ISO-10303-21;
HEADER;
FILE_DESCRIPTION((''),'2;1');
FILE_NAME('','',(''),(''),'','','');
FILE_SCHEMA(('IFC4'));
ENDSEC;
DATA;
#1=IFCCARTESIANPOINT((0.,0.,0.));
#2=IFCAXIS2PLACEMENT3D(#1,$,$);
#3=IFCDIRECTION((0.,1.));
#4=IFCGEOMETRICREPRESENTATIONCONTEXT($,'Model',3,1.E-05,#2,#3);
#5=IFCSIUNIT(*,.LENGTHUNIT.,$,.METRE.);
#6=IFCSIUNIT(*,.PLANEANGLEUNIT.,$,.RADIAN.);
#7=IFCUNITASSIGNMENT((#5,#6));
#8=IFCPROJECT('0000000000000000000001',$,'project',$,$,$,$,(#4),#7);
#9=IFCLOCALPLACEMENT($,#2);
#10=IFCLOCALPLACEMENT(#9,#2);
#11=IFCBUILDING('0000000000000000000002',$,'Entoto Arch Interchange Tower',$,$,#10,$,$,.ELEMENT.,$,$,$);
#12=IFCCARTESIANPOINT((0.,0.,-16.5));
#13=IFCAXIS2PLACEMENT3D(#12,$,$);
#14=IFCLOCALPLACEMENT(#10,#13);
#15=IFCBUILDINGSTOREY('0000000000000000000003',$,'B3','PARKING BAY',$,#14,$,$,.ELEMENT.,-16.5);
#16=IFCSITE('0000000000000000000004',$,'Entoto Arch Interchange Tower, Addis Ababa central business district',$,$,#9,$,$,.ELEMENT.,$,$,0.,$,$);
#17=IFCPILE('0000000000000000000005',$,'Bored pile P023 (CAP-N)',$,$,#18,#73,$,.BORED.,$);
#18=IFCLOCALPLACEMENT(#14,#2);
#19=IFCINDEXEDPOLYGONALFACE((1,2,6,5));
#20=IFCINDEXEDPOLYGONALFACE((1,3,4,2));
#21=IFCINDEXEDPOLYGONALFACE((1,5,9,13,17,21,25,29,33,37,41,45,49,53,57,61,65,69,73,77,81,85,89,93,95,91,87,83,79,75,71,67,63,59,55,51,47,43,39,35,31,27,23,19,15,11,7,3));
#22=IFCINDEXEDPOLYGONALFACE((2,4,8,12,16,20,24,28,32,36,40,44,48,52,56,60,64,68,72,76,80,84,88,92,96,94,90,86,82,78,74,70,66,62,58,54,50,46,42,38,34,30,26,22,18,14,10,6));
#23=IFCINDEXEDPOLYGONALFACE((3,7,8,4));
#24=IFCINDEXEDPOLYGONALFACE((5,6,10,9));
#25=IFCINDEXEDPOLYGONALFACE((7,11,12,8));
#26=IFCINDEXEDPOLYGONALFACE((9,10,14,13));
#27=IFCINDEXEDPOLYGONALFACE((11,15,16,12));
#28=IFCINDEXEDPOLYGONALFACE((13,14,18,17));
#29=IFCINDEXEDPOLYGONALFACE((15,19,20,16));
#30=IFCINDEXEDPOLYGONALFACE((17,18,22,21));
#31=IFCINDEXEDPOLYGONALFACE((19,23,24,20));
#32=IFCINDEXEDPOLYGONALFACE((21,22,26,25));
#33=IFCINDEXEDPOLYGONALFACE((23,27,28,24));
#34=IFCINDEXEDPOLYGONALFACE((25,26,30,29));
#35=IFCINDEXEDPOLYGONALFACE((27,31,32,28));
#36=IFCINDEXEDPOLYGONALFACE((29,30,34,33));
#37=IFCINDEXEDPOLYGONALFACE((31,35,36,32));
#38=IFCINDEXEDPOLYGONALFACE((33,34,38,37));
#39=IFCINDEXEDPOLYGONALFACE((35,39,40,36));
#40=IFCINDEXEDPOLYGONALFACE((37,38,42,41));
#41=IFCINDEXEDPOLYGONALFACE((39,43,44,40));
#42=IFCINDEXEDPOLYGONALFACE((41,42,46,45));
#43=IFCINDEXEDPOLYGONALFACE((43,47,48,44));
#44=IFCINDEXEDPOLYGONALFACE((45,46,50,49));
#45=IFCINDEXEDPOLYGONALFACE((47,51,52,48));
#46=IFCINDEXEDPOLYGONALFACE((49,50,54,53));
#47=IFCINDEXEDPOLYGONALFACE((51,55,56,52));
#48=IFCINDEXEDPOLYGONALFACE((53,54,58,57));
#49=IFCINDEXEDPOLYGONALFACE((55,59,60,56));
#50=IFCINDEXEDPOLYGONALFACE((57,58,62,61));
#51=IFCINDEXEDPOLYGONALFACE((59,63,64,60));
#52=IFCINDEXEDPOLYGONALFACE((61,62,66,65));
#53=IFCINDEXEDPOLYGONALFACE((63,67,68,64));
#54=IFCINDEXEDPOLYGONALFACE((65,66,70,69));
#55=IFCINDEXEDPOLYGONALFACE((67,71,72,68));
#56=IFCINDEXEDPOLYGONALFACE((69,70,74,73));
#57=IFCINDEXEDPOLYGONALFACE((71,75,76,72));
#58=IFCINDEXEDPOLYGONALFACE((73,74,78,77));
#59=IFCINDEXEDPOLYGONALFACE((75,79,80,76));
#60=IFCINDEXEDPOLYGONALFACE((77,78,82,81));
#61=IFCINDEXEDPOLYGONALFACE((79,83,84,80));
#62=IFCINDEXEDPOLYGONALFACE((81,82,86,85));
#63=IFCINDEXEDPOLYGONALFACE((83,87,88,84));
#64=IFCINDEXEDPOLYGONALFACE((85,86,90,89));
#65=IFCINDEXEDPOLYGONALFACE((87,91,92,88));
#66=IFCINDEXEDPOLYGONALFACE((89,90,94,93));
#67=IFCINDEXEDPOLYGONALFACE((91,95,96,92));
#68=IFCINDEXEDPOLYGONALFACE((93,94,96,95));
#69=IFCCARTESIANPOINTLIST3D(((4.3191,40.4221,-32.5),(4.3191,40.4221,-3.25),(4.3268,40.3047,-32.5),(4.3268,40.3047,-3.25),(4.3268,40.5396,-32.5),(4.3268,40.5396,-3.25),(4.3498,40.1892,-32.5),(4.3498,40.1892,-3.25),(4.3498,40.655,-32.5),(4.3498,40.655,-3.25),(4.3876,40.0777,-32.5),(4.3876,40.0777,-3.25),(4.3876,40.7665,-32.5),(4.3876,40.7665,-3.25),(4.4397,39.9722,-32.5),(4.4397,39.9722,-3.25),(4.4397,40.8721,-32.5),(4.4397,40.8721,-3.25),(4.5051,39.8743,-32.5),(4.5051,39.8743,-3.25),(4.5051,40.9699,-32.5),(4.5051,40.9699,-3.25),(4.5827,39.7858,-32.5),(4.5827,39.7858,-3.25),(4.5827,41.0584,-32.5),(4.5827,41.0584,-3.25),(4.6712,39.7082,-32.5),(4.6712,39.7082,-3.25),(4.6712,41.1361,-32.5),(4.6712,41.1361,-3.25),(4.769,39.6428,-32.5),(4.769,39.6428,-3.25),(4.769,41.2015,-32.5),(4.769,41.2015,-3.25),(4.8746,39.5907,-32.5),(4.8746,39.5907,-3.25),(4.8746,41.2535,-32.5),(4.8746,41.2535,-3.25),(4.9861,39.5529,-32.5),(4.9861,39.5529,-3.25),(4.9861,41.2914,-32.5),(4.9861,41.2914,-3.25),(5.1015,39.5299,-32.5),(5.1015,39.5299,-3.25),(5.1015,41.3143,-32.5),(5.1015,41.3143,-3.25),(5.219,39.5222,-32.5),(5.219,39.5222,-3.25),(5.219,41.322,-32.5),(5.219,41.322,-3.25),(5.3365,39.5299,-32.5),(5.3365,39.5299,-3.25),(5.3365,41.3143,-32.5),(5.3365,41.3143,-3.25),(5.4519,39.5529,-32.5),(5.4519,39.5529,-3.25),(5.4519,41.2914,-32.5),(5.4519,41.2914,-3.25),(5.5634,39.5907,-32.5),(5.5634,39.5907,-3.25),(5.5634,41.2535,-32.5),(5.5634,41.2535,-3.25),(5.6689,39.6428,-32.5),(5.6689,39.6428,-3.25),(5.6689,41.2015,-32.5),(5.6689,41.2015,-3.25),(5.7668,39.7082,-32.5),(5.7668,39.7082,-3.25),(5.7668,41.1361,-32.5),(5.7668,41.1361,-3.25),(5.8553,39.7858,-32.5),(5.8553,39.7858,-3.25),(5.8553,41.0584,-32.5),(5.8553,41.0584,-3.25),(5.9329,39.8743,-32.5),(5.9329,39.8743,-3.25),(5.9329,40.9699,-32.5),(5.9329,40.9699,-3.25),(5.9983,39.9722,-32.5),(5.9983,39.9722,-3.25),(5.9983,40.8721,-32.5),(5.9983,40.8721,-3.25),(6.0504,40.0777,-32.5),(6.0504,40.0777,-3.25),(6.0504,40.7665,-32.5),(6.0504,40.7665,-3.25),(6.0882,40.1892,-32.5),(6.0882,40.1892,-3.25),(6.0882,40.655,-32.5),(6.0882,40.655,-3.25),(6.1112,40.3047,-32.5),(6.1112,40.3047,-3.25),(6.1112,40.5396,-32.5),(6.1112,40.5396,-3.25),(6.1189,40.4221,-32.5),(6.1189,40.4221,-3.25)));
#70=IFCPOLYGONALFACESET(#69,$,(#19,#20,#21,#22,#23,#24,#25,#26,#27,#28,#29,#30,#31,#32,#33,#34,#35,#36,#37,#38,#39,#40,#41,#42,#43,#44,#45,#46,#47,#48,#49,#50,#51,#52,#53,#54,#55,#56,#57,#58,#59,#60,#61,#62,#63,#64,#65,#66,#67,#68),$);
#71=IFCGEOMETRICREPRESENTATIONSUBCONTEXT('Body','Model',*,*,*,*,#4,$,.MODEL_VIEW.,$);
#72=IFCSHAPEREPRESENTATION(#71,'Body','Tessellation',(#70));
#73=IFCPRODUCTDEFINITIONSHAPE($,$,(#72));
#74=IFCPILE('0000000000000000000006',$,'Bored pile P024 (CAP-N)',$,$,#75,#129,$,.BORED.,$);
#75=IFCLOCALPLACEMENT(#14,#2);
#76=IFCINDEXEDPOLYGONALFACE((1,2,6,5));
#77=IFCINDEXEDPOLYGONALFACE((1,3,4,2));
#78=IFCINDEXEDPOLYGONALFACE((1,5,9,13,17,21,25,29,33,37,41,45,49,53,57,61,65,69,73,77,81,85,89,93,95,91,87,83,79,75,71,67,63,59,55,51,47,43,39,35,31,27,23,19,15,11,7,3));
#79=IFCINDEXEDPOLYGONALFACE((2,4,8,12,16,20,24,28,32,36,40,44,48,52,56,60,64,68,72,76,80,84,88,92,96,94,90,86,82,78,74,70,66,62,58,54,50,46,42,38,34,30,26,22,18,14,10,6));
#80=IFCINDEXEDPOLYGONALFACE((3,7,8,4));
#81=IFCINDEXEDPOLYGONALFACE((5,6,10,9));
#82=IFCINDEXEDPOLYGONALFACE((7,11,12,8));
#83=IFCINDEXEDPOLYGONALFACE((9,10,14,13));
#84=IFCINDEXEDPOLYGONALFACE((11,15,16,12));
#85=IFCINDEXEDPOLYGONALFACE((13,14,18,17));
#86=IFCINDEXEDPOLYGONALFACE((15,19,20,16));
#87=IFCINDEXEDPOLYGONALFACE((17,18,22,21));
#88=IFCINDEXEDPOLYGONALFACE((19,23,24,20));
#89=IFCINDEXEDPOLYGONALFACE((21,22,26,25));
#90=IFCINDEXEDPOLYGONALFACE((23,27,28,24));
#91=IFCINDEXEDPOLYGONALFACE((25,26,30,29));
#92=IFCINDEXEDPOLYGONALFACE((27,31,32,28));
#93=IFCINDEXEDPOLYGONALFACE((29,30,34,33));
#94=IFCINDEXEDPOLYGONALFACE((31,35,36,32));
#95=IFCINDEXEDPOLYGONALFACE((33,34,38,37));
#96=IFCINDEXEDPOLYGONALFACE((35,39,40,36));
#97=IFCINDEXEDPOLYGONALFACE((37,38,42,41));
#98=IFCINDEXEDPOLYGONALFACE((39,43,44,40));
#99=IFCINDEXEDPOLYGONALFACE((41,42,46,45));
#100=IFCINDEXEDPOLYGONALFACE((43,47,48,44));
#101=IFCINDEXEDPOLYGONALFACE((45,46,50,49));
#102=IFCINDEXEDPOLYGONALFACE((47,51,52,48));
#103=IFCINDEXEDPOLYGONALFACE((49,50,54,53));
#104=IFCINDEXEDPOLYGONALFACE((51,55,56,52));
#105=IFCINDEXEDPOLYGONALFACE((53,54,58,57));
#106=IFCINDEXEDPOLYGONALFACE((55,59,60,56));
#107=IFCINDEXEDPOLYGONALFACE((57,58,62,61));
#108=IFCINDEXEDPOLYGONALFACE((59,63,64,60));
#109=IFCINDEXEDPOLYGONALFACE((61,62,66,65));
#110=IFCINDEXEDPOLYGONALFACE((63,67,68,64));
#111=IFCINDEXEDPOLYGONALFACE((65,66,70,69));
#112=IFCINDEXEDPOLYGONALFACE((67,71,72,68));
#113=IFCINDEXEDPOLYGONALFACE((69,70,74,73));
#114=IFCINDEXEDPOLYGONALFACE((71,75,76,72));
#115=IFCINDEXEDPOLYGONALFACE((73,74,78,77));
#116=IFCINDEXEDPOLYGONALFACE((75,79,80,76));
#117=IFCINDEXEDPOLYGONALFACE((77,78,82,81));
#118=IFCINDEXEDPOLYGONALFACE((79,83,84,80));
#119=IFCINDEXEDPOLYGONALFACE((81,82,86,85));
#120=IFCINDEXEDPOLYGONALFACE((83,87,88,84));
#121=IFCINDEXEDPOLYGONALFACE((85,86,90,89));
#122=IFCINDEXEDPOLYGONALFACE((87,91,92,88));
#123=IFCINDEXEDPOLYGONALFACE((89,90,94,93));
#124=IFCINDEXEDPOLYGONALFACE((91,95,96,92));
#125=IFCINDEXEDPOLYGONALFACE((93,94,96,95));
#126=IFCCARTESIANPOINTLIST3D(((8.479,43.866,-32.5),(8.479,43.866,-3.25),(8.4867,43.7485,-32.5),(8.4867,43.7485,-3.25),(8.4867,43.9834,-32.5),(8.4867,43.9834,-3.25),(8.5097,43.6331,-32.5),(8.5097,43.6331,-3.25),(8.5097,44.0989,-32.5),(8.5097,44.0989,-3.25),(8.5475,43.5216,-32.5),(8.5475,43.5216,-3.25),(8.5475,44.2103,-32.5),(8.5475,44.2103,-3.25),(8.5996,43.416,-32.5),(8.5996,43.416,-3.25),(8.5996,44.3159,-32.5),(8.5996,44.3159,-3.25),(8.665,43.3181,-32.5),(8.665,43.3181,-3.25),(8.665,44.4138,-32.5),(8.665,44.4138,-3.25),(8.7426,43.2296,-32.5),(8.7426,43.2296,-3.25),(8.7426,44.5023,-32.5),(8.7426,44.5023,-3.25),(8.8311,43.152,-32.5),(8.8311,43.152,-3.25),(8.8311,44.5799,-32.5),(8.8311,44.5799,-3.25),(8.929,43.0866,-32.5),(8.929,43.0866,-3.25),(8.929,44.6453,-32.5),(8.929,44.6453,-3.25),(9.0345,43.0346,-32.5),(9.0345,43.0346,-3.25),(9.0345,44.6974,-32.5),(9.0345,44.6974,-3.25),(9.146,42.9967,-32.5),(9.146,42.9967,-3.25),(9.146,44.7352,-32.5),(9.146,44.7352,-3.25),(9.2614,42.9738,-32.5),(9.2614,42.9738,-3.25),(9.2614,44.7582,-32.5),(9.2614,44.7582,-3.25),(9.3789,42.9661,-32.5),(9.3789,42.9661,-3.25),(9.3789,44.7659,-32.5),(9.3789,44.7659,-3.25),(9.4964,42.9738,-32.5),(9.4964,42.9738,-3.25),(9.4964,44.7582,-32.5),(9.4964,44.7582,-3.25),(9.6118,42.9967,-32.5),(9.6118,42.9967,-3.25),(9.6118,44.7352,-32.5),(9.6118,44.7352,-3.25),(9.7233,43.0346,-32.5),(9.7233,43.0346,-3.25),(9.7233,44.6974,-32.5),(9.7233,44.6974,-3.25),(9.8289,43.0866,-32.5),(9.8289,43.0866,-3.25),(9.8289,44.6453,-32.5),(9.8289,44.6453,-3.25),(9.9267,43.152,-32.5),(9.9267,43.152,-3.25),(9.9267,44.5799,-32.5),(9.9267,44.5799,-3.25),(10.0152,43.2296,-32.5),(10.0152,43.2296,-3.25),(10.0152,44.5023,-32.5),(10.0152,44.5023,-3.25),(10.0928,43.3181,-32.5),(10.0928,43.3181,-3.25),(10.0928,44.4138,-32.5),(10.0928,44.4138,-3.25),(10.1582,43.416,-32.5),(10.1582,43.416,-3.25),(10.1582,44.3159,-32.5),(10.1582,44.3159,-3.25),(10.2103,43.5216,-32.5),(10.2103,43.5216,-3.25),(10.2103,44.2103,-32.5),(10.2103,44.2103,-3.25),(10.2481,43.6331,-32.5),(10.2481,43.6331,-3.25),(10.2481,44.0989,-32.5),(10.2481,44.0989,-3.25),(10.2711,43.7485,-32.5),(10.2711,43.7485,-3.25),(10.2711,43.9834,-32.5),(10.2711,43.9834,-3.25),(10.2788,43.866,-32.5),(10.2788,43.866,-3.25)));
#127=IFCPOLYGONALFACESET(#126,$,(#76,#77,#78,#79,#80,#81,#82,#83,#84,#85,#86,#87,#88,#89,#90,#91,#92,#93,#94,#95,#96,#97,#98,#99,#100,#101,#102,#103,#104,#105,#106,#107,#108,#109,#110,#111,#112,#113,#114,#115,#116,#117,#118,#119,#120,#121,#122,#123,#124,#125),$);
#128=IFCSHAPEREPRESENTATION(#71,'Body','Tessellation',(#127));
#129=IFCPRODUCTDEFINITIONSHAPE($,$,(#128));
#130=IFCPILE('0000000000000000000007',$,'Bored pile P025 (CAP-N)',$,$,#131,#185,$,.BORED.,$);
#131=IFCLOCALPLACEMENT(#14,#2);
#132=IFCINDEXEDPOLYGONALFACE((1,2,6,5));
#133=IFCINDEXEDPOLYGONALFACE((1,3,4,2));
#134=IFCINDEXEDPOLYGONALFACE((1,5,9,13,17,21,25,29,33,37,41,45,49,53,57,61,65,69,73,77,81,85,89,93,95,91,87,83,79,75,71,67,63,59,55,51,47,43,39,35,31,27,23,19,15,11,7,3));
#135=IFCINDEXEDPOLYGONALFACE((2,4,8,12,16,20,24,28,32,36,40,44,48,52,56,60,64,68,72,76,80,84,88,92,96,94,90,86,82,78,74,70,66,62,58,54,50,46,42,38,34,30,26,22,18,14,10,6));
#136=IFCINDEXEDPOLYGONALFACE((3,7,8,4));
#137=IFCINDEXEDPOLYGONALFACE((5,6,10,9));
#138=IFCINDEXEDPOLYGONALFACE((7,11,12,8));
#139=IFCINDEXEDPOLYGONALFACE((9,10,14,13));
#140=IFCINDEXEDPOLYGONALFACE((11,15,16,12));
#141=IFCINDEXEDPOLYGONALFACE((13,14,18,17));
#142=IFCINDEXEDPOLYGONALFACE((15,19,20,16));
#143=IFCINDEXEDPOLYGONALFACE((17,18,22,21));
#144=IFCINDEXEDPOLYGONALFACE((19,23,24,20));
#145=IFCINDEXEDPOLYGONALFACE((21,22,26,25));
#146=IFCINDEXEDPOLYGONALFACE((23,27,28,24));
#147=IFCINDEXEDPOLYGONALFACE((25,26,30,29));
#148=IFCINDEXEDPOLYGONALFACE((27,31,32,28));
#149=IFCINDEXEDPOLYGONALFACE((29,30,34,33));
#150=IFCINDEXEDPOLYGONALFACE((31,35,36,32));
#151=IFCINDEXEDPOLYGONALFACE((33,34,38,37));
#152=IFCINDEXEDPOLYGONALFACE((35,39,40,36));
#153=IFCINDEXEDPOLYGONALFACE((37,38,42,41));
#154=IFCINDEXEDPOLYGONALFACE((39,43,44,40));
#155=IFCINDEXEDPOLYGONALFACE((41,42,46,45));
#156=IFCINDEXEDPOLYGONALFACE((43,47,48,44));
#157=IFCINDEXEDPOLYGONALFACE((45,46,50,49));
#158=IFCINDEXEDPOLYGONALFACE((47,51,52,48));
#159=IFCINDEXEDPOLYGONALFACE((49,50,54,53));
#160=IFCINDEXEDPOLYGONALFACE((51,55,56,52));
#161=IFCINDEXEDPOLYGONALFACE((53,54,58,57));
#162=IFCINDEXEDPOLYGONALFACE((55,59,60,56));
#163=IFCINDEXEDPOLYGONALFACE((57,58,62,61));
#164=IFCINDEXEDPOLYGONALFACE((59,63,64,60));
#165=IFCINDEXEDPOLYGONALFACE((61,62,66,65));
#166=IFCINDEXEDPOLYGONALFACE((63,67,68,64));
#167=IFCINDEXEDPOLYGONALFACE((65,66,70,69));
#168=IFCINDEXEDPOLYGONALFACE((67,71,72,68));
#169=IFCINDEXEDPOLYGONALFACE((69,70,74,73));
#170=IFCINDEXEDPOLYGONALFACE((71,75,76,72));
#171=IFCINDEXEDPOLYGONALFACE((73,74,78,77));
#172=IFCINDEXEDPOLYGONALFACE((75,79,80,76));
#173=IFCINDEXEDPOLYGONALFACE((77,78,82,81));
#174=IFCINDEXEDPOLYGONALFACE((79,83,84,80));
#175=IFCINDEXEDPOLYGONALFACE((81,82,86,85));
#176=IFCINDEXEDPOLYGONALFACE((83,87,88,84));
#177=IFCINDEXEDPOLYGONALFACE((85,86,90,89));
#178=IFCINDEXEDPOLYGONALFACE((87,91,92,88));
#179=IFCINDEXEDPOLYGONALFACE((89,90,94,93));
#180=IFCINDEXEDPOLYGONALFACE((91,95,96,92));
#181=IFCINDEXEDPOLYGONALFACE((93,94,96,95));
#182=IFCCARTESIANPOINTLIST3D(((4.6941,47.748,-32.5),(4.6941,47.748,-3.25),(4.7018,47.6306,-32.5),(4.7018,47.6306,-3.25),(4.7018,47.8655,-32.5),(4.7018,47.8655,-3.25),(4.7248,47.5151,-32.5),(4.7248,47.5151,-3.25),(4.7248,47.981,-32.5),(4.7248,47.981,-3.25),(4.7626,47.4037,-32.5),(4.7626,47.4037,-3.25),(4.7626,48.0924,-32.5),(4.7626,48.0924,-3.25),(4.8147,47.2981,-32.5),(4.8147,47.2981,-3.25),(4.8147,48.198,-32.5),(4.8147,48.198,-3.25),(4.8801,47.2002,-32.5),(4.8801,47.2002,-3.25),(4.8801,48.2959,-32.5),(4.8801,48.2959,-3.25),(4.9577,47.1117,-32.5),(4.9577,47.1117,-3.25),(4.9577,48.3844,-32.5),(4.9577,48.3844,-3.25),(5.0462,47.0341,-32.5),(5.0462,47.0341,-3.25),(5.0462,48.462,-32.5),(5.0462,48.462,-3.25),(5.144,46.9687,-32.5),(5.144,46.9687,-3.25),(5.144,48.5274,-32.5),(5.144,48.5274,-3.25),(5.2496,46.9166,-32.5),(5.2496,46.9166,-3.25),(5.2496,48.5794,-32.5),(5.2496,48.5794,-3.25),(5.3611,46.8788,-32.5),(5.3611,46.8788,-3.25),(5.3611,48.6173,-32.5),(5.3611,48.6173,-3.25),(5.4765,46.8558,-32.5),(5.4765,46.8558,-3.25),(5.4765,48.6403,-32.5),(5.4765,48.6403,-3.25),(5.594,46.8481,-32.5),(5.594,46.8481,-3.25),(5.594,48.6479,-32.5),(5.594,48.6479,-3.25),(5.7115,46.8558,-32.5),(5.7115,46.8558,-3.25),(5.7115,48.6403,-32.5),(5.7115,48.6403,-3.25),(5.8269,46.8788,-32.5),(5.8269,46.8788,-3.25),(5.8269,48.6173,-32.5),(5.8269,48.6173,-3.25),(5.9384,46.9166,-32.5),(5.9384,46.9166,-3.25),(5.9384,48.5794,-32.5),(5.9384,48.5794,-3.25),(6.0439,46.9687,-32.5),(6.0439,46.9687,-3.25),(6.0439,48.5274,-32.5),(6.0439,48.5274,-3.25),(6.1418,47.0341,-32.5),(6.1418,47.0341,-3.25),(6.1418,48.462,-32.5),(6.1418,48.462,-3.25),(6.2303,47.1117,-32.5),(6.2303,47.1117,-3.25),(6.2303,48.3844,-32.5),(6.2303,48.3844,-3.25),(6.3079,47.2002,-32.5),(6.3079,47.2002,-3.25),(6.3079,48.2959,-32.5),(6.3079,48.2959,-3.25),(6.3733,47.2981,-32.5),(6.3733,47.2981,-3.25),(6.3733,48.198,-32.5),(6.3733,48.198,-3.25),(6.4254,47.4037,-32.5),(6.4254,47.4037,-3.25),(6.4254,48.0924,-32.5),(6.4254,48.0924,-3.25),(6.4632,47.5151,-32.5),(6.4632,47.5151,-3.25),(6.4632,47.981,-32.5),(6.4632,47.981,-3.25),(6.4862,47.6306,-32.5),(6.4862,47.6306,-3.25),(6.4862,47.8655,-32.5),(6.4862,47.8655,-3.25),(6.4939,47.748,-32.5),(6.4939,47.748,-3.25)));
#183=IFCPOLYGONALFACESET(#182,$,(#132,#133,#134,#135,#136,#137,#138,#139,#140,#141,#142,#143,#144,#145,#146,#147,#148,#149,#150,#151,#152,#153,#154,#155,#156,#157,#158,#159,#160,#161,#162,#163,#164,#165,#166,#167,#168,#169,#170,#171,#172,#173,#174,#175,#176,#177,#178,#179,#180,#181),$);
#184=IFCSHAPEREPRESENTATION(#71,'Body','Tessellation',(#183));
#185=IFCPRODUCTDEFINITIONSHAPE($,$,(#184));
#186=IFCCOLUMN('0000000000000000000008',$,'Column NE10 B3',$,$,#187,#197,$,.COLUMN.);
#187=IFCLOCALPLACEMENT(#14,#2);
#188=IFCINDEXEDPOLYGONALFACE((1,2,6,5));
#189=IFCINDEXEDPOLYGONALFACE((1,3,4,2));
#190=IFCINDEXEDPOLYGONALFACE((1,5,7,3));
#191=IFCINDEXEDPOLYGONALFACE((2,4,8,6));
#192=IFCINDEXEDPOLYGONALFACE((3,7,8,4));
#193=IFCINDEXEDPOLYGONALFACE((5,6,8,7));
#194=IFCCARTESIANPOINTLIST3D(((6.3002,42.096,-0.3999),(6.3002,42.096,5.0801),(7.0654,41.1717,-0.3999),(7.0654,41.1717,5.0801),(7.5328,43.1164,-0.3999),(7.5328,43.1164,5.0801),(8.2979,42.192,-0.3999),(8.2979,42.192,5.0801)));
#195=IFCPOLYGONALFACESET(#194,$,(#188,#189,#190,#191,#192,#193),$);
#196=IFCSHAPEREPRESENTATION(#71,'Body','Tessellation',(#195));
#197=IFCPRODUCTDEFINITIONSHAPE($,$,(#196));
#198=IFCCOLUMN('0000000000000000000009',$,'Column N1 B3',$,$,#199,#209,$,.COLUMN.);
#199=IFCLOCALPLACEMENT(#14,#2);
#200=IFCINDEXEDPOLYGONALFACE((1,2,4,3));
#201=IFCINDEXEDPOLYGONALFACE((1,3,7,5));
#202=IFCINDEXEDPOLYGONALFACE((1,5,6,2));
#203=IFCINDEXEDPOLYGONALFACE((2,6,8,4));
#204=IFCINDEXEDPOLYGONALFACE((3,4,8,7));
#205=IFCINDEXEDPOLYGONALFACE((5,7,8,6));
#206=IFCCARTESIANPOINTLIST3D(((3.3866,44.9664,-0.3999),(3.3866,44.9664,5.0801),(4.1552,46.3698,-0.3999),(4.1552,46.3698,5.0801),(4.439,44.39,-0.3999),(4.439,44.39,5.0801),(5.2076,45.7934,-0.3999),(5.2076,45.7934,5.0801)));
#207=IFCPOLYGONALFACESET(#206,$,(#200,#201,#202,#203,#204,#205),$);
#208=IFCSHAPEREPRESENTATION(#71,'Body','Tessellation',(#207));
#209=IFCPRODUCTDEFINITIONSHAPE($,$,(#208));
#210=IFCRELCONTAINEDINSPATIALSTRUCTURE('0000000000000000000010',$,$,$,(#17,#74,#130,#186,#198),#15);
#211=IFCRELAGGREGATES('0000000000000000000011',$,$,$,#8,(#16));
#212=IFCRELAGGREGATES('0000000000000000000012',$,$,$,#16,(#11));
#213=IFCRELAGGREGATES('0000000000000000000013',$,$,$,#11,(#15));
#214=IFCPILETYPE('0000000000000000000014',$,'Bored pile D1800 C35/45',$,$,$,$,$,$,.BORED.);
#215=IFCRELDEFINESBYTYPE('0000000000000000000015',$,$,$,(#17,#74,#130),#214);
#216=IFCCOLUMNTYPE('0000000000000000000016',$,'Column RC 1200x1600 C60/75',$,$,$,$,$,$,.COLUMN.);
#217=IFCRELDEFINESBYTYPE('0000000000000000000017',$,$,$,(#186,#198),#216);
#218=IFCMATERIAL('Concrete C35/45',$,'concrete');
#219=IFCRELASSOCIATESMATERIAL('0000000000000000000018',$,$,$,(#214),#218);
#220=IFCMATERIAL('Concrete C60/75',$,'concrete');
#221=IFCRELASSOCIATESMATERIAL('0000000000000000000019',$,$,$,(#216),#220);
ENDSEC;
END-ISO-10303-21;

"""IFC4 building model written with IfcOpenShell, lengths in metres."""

from ifc_helpers import new_model, si_unit, direction, frame, origin, origin_2d, place, context, subcontext, project, spatial, rectangle, circle, extrude, material, material_profile, profile_set, type_object, element, save


model = new_model("IFC4")

# Units and contexts
model_context = context("Model", 3, precision=1e-05, world=origin(), true_north=direction((0.0, 1.0)))
body_context = subcontext(model_context, "Body", "Model", "MODEL_VIEW")
ifc_project = project(units=[si_unit("LENGTHUNIT", "METRE"), si_unit("PLANEANGLEUNIT", "RADIAN")], contexts=[model_context])

# Site, building, storey
site_placement = place(None, origin())
site = spatial("IfcSite", under=ifc_project, at=site_placement, Name="Entoto Arch Interchange Tower, Addis Ababa central business district", CompositionType="ELEMENT", RefElevation=0.0)
building_placement = place(site_placement, origin())
building = spatial("IfcBuilding", under=site, at=building_placement, Name="Entoto Arch Interchange Tower", CompositionType="ELEMENT")
storey_placement = place(building_placement, frame((0.0, 0.0, -16.5)))
storey = spatial("IfcBuildingStorey", under=building, at=storey_placement, Name="B3", Description="PARKING BAY", CompositionType="ELEMENT", Elevation=-16.5)

# Piles
ifc_material_1 = material(Name="Concrete C35/45", Category="concrete")
ifc_material_profile_1 = material_profile(ifc_material_1, circle(Radius=0.8999, at=origin_2d()))
ifc_profile_set_1 = profile_set([ifc_material_profile_1], Name="Concrete C35/45")
pile_type = type_object("IfcPileType", Name="Bored pile D1800 C35/45", PredefinedType="BORED", material=ifc_profile_set_1)
for number, where, z_axis, x_axis, name in (
    (1, (5.219, 40.4221, -3.25), (0.0, 0.0, -1.0), (1.0, 0.0, 0.0), "Bored pile P023 (CAP-N)"),
    (2, (9.3789, 43.866, -3.25), (0.0, 0.0, -1.0), (1.0, 0.0, 0.0), "Bored pile P024 (CAP-N)"),
    (3, (5.594, 47.748, -3.25), (0.0, 0.0, -1.0), (1.0, 0.0, 0.0), "Bored pile P025 (CAP-N)"),
):
    element("IfcPile", number, at=place(storey_placement, frame(where, z_axis=z_axis, x_axis=x_axis)), inside=storey, type_object=pile_type, Name=name, PredefinedType="BORED", context=body_context, shape_type="SweptSolid", body=[
        extrude(circle(Radius=0.8999, at=origin_2d()), origin(), (0.0, 0.0, 1.0), 29.25),
    ])

# Columns
ifc_material_2 = material(Name="Concrete C60/75", Category="concrete")
ifc_material_profile_2 = material_profile(ifc_material_2, rectangle(XDim=1.2, YDim=1.6001, at=origin_2d()))
ifc_profile_set_2 = profile_set([ifc_material_profile_2], Name="Concrete C60/75")
column_type_1 = type_object("IfcColumnType", Name="Column RC 1200x1600 C60/75", PredefinedType="COLUMN", material=ifc_profile_set_2)
for number, where, z_axis, x_axis, name in (
    (4, (7.2991, 42.144, -0.3999), (0.0, 0.0, 1.0), (-0.637666, 0.770313, 0.0), "Column NE10 B3"),
    (5, (4.2971, 45.3799, -0.3999), (0.0, 0.0, 1.0), (-0.877079, 0.480346, 0.0), "Column N1 B3"),
):
    element("IfcColumn", number, at=place(storey_placement, frame(where, z_axis=z_axis, x_axis=x_axis)), inside=storey, type_object=column_type_1, Name=name, PredefinedType="COLUMN", context=body_context, shape_type="SweptSolid", body=[
        extrude(rectangle(XDim=1.2, YDim=1.6001, at=origin_2d()), origin(), (0.0, 0.0, 1.0), 5.48),
    ])

save(model, "model.ifc")
